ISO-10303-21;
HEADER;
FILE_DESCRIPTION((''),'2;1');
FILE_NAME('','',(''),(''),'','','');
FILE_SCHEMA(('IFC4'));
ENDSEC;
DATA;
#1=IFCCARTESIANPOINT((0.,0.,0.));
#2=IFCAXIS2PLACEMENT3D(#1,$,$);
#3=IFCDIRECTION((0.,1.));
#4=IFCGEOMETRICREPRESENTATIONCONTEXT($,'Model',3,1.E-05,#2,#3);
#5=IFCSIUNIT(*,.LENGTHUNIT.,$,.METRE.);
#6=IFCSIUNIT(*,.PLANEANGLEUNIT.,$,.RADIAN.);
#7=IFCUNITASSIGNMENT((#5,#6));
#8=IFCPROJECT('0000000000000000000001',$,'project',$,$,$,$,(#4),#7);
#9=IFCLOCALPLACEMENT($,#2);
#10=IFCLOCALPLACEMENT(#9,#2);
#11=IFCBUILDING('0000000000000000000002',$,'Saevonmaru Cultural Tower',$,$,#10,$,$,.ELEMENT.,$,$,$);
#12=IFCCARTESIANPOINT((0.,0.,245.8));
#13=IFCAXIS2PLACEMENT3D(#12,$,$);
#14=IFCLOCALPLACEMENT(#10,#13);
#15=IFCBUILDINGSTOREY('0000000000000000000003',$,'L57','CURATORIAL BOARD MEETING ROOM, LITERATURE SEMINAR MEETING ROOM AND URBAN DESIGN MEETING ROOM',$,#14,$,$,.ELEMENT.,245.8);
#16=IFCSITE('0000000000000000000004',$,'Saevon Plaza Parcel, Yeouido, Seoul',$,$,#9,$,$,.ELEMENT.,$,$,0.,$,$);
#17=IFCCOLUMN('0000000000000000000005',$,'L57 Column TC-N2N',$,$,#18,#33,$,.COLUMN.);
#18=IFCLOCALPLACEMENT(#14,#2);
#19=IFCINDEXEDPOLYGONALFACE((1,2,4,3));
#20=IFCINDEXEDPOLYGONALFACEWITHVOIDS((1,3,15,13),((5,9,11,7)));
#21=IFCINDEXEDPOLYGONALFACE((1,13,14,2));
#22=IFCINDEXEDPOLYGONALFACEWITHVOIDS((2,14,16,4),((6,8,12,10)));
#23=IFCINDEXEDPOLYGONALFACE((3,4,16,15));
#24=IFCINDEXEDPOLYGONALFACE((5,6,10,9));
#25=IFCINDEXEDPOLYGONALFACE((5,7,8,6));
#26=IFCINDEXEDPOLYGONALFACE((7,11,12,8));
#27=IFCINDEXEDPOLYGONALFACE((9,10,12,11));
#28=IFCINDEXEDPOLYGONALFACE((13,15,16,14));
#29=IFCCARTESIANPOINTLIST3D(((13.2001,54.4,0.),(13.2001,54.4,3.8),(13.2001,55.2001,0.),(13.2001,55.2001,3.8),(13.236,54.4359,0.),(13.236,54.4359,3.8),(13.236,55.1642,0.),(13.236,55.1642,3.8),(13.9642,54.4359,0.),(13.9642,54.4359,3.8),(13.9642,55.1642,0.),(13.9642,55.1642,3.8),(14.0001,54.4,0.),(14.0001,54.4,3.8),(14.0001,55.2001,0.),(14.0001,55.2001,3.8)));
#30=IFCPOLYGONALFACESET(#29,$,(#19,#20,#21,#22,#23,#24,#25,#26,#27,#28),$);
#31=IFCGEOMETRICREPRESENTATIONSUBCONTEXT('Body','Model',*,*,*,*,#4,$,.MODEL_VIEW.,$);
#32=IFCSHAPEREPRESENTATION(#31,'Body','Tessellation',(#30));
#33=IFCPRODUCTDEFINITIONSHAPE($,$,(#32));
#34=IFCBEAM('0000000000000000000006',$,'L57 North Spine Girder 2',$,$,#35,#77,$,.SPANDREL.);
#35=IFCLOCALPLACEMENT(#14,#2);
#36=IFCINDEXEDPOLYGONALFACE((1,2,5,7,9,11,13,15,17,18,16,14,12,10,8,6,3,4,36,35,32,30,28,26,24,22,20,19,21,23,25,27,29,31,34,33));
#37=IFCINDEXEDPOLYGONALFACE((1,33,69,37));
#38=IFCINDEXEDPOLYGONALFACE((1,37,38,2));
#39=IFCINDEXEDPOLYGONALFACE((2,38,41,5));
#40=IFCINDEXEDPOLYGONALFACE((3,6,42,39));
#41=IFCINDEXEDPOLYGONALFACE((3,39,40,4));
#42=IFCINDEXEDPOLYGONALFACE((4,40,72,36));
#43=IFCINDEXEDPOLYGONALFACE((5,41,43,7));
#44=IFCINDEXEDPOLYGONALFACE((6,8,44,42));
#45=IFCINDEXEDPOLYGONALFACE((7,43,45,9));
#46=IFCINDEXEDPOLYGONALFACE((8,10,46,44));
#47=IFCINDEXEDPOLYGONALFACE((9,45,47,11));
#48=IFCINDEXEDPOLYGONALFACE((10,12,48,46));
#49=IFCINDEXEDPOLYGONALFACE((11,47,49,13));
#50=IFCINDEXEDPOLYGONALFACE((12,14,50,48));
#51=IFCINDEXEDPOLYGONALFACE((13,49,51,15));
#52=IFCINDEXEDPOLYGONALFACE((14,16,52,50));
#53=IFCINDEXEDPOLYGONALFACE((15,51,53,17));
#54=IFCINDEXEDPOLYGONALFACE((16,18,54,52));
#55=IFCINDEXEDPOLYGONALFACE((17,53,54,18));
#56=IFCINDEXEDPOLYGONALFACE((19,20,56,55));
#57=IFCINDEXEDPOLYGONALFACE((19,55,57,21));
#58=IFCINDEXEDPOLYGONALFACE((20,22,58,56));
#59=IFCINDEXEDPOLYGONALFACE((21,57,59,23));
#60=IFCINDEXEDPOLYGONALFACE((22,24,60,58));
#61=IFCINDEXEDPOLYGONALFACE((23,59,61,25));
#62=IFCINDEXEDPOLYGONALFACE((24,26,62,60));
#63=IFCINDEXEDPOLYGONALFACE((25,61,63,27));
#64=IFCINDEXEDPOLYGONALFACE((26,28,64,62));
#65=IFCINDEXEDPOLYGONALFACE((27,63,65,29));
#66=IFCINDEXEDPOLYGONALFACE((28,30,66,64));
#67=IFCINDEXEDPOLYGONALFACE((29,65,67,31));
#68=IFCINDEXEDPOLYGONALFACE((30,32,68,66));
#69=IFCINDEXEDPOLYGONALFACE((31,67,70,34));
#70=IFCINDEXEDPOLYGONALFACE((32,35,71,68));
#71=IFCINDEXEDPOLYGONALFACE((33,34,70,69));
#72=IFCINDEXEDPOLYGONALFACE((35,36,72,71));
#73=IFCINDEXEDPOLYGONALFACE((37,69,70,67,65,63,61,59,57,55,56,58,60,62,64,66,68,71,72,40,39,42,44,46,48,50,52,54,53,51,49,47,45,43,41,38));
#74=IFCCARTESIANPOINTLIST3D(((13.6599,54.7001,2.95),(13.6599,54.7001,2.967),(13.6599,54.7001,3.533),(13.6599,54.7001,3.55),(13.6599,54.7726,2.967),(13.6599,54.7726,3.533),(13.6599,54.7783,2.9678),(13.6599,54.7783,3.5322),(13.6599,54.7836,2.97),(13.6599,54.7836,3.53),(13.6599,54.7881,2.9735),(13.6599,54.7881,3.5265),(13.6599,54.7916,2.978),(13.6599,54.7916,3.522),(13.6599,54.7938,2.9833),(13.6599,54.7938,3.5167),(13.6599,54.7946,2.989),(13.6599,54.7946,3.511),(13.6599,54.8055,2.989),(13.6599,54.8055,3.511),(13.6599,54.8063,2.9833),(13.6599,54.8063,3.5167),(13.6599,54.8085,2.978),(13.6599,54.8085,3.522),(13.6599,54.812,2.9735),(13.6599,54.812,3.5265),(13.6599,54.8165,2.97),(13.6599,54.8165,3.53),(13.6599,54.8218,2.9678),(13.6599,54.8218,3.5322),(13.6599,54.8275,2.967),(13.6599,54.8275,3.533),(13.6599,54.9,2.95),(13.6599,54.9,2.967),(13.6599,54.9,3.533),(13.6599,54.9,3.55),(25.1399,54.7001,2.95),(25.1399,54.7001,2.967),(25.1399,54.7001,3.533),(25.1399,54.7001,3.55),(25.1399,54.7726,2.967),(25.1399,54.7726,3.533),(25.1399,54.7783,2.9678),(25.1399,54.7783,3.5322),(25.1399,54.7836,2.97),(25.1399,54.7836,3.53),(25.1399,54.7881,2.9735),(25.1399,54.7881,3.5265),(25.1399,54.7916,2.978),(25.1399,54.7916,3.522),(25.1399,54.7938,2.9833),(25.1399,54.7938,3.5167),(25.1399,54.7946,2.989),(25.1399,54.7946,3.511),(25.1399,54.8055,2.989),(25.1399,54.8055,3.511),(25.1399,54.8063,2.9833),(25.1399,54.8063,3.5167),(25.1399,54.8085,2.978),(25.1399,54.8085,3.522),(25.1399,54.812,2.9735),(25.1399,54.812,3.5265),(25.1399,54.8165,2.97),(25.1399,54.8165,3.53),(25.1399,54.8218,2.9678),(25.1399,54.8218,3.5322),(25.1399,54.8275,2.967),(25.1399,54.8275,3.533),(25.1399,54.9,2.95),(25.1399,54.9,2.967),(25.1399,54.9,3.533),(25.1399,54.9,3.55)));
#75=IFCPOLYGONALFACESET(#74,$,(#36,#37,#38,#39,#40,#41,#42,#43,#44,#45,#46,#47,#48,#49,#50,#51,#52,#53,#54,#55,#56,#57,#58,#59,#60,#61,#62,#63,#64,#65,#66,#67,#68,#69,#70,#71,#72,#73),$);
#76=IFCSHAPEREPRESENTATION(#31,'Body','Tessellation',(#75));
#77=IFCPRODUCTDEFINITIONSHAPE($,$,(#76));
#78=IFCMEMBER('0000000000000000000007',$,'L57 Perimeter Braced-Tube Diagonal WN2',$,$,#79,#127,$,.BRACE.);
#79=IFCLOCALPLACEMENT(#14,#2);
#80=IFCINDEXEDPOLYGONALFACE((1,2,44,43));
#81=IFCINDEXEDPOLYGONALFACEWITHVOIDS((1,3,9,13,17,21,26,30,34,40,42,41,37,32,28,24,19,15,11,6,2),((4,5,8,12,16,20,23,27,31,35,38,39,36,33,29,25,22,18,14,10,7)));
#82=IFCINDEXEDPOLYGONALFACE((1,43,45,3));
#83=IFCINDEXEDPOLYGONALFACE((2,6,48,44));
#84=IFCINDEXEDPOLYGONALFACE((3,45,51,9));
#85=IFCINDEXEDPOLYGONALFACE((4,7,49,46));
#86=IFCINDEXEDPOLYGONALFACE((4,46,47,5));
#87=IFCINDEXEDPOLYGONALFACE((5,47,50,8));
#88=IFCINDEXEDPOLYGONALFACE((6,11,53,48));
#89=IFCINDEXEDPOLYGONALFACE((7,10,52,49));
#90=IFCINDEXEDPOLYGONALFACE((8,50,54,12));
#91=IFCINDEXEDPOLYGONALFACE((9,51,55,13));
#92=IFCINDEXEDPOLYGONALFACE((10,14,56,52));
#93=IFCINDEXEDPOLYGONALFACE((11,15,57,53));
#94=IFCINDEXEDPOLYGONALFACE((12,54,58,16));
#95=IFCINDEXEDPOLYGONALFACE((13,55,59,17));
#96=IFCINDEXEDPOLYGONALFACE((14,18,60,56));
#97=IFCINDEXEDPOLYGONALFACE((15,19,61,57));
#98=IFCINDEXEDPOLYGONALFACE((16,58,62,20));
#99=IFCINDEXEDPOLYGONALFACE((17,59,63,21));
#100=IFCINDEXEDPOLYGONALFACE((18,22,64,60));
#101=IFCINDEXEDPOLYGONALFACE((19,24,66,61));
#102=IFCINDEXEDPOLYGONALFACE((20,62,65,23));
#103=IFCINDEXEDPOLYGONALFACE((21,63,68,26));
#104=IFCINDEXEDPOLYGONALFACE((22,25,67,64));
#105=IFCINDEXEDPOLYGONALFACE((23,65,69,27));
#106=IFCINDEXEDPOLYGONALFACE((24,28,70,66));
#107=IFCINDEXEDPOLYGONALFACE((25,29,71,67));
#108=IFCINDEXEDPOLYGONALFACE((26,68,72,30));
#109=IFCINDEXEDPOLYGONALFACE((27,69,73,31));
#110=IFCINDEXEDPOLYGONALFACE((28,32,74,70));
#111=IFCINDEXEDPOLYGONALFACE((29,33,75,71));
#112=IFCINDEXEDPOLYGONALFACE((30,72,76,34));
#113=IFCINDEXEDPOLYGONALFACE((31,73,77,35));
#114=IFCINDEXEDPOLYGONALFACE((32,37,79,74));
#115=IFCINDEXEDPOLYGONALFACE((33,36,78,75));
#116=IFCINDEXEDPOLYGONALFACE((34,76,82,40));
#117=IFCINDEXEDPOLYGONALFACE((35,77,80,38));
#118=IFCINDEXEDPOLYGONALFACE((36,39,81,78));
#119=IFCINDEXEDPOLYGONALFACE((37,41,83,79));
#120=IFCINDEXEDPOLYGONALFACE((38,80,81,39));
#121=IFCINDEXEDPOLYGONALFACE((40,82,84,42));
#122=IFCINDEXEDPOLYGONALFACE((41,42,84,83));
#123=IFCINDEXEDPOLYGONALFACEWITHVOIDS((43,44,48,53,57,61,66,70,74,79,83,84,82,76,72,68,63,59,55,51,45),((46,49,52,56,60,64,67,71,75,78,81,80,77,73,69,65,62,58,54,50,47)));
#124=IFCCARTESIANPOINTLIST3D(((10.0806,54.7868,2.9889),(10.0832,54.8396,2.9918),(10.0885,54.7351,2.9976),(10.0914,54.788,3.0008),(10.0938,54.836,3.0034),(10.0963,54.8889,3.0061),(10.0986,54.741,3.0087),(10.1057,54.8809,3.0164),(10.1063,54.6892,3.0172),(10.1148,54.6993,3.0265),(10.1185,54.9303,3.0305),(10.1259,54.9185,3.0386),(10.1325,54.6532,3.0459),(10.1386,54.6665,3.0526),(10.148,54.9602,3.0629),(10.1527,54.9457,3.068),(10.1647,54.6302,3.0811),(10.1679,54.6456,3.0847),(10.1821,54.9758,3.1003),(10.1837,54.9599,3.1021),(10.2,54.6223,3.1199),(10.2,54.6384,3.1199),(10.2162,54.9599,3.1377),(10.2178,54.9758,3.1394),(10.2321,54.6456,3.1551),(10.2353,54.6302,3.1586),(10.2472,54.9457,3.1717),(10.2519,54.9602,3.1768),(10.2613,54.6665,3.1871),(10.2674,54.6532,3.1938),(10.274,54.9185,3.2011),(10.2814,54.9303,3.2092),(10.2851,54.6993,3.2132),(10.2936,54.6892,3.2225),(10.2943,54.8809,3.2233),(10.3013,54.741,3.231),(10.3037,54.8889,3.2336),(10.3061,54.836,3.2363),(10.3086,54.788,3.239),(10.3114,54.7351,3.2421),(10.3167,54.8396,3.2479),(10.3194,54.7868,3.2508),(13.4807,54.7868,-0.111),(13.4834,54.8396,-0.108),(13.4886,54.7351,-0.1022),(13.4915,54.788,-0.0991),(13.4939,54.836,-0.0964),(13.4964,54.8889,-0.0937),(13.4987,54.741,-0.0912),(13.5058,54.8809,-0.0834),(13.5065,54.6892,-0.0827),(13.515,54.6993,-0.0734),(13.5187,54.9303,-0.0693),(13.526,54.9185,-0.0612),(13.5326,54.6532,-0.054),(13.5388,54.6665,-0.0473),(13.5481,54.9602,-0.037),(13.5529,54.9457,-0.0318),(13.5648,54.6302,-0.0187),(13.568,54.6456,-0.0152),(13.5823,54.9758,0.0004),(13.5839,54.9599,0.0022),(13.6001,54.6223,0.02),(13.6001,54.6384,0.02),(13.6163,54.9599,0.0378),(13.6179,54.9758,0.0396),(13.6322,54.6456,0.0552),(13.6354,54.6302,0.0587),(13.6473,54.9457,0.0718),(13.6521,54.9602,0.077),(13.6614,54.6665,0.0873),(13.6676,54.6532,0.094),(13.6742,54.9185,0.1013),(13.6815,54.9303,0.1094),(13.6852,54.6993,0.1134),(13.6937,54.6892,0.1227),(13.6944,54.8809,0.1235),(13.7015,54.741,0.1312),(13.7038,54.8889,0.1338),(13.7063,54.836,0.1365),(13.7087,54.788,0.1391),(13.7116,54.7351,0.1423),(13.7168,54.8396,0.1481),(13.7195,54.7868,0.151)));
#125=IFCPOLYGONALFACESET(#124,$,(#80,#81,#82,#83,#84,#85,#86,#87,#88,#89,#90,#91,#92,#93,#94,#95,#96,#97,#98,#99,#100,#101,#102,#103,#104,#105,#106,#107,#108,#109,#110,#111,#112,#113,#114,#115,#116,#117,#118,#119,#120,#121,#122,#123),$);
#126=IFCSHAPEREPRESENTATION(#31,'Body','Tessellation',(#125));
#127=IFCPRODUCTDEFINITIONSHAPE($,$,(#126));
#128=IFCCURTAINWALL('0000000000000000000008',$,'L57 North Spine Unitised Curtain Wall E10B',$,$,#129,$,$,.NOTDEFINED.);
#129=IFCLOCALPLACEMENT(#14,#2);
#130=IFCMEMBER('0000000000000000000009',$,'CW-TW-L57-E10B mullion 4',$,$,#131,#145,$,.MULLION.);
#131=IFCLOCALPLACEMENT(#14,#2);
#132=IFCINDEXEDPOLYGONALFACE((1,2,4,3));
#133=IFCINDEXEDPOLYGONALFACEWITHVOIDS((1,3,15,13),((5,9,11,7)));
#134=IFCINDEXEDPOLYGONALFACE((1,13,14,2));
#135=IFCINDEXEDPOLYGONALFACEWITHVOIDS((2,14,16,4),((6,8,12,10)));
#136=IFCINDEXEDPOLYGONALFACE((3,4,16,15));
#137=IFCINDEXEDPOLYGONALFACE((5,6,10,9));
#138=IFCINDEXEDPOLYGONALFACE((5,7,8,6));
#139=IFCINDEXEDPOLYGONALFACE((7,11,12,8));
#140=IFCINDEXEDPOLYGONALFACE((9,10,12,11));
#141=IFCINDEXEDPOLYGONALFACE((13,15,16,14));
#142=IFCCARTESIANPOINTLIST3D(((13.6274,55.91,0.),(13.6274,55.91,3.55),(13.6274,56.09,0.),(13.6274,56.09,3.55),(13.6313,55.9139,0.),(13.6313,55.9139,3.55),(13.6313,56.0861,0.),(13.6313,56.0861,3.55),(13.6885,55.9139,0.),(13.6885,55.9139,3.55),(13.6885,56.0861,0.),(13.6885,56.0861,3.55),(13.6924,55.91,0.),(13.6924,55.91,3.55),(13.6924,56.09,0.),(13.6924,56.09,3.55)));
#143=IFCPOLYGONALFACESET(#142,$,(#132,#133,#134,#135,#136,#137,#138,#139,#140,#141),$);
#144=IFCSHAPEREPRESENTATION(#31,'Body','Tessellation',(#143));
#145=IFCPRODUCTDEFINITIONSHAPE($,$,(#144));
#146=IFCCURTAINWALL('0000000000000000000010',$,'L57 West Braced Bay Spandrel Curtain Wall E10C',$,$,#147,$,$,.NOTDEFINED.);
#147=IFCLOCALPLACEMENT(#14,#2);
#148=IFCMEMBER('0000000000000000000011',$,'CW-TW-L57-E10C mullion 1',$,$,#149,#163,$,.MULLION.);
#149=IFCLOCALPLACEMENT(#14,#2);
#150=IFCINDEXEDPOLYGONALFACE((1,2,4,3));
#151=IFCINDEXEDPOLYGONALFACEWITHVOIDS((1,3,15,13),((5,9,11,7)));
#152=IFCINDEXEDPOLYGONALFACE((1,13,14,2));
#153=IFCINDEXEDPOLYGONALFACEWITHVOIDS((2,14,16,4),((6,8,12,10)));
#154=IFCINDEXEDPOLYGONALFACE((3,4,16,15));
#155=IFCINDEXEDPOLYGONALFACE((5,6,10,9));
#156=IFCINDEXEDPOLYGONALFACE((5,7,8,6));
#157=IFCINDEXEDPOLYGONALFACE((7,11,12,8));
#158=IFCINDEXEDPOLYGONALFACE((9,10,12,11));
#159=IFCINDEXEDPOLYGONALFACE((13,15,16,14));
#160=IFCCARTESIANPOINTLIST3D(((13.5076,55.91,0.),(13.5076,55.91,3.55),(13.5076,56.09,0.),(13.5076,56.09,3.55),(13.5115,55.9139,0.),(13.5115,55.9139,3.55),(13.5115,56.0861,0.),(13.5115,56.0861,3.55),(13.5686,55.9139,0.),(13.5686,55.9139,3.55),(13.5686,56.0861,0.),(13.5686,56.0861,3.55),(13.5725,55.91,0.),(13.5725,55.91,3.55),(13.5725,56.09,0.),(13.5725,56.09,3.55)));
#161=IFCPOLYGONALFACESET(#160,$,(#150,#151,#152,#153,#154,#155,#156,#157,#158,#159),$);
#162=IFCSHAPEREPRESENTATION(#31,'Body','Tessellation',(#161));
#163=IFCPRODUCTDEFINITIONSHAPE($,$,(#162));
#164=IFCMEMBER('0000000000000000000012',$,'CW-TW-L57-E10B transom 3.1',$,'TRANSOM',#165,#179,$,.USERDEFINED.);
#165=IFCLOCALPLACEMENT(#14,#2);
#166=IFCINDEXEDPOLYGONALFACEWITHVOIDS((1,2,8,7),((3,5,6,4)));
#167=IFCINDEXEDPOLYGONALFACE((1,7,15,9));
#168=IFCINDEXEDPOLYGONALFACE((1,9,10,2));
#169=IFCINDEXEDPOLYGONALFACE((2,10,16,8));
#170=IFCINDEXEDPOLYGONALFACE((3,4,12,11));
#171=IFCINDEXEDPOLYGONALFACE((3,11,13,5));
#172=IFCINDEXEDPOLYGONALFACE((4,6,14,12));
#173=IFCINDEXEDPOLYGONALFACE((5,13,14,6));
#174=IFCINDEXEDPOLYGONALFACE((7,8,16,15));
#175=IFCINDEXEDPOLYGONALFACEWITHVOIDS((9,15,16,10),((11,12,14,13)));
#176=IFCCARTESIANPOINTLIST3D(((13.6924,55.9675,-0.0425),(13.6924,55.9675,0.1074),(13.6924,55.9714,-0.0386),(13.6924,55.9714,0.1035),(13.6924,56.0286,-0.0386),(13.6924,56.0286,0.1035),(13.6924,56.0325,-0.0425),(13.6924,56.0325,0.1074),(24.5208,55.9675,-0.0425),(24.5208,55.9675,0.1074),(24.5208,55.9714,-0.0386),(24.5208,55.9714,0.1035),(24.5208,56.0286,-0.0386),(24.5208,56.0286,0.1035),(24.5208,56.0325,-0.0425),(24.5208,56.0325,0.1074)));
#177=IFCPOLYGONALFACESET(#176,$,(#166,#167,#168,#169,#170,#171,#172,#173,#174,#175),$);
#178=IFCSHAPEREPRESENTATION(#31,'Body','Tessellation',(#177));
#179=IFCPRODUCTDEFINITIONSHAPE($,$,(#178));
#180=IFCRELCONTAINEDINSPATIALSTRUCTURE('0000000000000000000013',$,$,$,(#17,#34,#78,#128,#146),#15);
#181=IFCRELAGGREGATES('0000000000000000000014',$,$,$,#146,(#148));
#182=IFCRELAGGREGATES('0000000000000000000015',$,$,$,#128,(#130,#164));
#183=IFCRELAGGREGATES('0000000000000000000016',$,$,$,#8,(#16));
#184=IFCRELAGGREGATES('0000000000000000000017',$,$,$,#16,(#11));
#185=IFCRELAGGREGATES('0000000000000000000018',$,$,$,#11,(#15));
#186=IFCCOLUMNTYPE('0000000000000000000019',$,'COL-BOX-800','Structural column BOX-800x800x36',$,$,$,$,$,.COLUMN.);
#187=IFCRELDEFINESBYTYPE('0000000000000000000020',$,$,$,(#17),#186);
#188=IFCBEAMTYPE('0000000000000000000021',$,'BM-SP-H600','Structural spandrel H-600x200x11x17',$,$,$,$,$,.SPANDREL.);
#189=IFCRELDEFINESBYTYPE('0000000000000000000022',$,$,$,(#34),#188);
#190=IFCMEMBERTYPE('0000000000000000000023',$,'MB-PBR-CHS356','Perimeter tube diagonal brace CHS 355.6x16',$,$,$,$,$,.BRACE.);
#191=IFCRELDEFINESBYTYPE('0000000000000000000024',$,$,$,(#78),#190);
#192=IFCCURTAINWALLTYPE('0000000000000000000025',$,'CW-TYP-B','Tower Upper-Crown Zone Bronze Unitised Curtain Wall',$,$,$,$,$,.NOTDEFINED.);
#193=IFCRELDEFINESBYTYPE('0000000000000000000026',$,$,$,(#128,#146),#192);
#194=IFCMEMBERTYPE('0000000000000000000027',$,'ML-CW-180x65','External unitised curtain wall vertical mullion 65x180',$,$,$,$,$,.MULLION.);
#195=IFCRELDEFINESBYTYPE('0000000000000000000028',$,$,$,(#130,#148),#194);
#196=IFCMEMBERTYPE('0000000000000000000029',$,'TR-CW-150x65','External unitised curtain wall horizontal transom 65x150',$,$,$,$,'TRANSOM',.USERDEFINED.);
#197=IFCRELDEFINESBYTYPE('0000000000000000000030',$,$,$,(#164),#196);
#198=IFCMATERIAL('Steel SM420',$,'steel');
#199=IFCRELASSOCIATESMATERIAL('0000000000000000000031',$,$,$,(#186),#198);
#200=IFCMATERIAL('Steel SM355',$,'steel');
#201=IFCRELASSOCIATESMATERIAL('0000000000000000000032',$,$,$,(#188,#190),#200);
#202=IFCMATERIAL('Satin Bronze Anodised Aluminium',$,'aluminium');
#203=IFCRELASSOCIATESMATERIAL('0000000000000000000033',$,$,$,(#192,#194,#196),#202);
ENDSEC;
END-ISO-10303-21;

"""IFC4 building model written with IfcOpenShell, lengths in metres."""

from ifc_helpers import new_model, si_unit, direction, frame, origin, origin_2d, place, context, subcontext, project, spatial, hollow_rectangle, hollow_circle, i_section, extrude, material, material_profile, profile_set, type_object, element, aggregate, save


model = new_model("IFC4")

# Units and contexts
model_context = context("Model", 3, precision=1e-05, world=origin(), true_north=direction((0.0, 1.0)))
body_context = subcontext(model_context, "Body", "Model", "MODEL_VIEW")
ifc_project = project(units=[si_unit("LENGTHUNIT", "METRE"), si_unit("PLANEANGLEUNIT", "RADIAN")], contexts=[model_context])

# Site, building, storey
site_placement = place(None, origin())
site = spatial("IfcSite", under=ifc_project, at=site_placement, Name="Saevon Plaza Parcel, Yeouido, Seoul", CompositionType="ELEMENT", RefElevation=0.0)
building_placement = place(site_placement, origin())
building = spatial("IfcBuilding", under=site, at=building_placement, Name="Saevonmaru Cultural Tower", CompositionType="ELEMENT")
storey_placement = place(building_placement, frame((0.0, 0.0, 245.8)))
storey = spatial("IfcBuildingStorey", under=building, at=storey_placement, Name="L57", Description="CURATORIAL BOARD MEETING ROOM, LITERATURE SEMINAR MEETING ROOM AND URBAN DESIGN MEETING ROOM", CompositionType="ELEMENT", Elevation=245.8)

# Column
ifc_material_1 = material(Name="Steel SM420", Category="steel")
ifc_material_profile_1 = material_profile(ifc_material_1, hollow_rectangle(XDim=0.8, YDim=0.8, WallThickness=0.0359, at=origin_2d()), Name="BOX-800x800x36")
ifc_profile_set_1 = profile_set([ifc_material_profile_1], Name="Steel SM420")
column_type = type_object("IfcColumnType", Name="COL-BOX-800", Description="Structural column BOX-800x800x36", PredefinedType="COLUMN", material=ifc_profile_set_1)
column_placement = place(storey_placement, frame((13.6001, 54.8, 0.0), z_axis=(0.0, 0.0, 1.0), x_axis=(1.0, 0.0, 0.0)))
element("IfcColumn", 1, at=column_placement, inside=storey, type_object=column_type, Name="L57 Column TC-N2N", PredefinedType="COLUMN", context=body_context, shape_type="SweptSolid", body=[
    extrude(hollow_rectangle(XDim=0.8, YDim=0.8, WallThickness=0.0359, at=origin_2d()), origin(), (0.0, 0.0, 1.0), 3.8),
])

# Beam
ifc_material_2 = material(Name="Steel SM355", Category="steel")
ifc_material_profile_2 = material_profile(ifc_material_2, i_section(OverallWidth=0.2, OverallDepth=0.6001, WebThickness=0.011, FlangeThickness=0.0171, FilletRadius=0.022, at=origin_2d()), Name="H-600x200x11x17")
ifc_profile_set_2 = profile_set([ifc_material_profile_2], Name="Steel SM355")
beam_type = type_object("IfcBeamType", Name="BM-SP-H600", Description="Structural spandrel H-600x200x11x17", PredefinedType="SPANDREL", material=ifc_profile_set_2)
beam_placement = place(storey_placement, frame((13.6599, 54.8, 3.25), z_axis=(1.0, 0.0, 0.0), x_axis=(0.0, 1.0, 0.0)))
element("IfcBeam", 2, at=beam_placement, inside=storey, type_object=beam_type, Name="L57 North Spine Girder 2", PredefinedType="SPANDREL", context=body_context, shape_type="SweptSolid", body=[
    extrude(i_section(OverallWidth=0.2, OverallDepth=0.6001, WebThickness=0.011, FlangeThickness=0.0171, FilletRadius=0.022, at=origin_2d()), origin(), (0.0, 0.0, 1.0), 11.48),
])

# Member
ifc_material_profile_3 = material_profile(ifc_material_2, hollow_circle(Radius=0.1777, WallThickness=0.0161, at=origin_2d()), Name="CHS-355.6x16")
ifc_profile_set_3 = profile_set([ifc_material_profile_3], Name="Steel SM355")
member_type_1 = type_object("IfcMemberType", Name="MB-PBR-CHS356", Description="Perimeter tube diagonal brace CHS 355.6x16", PredefinedType="BRACE", material=ifc_profile_set_3)
member_1_placement = place(storey_placement, frame((13.6001, 54.8, 0.02), z_axis=(-0.738986, 0.0, 0.673721), x_axis=(0.0, -1.0, 0.0)))
element("IfcMember", 3, at=member_1_placement, inside=storey, type_object=member_type_1, Name="L57 Perimeter Braced-Tube Diagonal WN2", PredefinedType="BRACE", context=body_context, shape_type="SweptSolid", body=[
    extrude(hollow_circle(Radius=0.1777, WallThickness=0.0161, at=origin_2d()), origin(), (0.0, 0.0, 1.0), 4.6011),
])

# Curtain walls, members
ifc_material_3 = material(Name="Satin Bronze Anodised Aluminium", Category="aluminium")
curtain_wall_type = type_object("IfcCurtainWallType", Name="CW-TYP-B", Description="Tower Upper-Crown Zone Bronze Unitised Curtain Wall", PredefinedType="NOTDEFINED", material=ifc_material_3)
curtain_wall_1_placement = place(storey_placement, origin())
curtain_wall_1 = element("IfcCurtainWall", 4, at=curtain_wall_1_placement, inside=storey, type_object=curtain_wall_type, Name="L57 North Spine Unitised Curtain Wall E10B", PredefinedType="NOTDEFINED")
ifc_material_profile_4 = material_profile(ifc_material_3, hollow_rectangle(XDim=0.0649, YDim=0.1799, WallThickness=0.0039, at=origin_2d()), Name="ALU-MULL-180x65x4")
ifc_profile_set_4 = profile_set([ifc_material_profile_4], Name="Satin Bronze Anodised Aluminium")
member_type_2 = type_object("IfcMemberType", Name="ML-CW-180x65", Description="External unitised curtain wall vertical mullion 65x180", PredefinedType="MULLION", material=ifc_profile_set_4)
member_2_placement = place(storey_placement, frame((13.6599, 56.0, 0.0), z_axis=(0.0, 0.0, 1.0), x_axis=(-1.0, 0.0, 0.0)))
member_2 = element("IfcMember", 5, at=member_2_placement, type_object=member_type_2, Name="CW-TW-L57-E10B mullion 4", PredefinedType="MULLION", context=body_context, shape_type="SweptSolid", body=[
    extrude(hollow_rectangle(XDim=0.0649, YDim=0.1799, WallThickness=0.0039, at=origin_2d()), origin(), (0.0, 0.0, 1.0), 3.55),
])
curtain_wall_2_placement = place(storey_placement, origin())
curtain_wall_2 = element("IfcCurtainWall", 6, at=curtain_wall_2_placement, inside=storey, type_object=curtain_wall_type, Name="L57 West Braced Bay Spandrel Curtain Wall E10C", PredefinedType="NOTDEFINED")
member_3_placement = place(storey_placement, frame((13.54, 56.0, 0.0), z_axis=(0.0, 0.0, 1.0), x_axis=(-1.0, 0.0, 0.0)))
member_3 = element("IfcMember", 7, at=member_3_placement, type_object=member_type_2, Name="CW-TW-L57-E10C mullion 1", PredefinedType="MULLION", context=body_context, shape_type="SweptSolid", body=[
    extrude(hollow_rectangle(XDim=0.0649, YDim=0.1799, WallThickness=0.0039, at=origin_2d()), origin(), (0.0, 0.0, 1.0), 3.55),
])

# Member
ifc_material_profile_5 = material_profile(ifc_material_3, hollow_rectangle(XDim=0.0649, YDim=0.1499, WallThickness=0.0039, at=origin_2d()), Name="ALU-TRAN-150x65x4")
ifc_profile_set_5 = profile_set([ifc_material_profile_5], Name="Satin Bronze Anodised Aluminium")
member_type_3 = type_object("IfcMemberType", Name="TR-CW-150x65", Description="External unitised curtain wall horizontal transom 65x150", ElementType="TRANSOM", PredefinedType="USERDEFINED", material=ifc_profile_set_5)
member_4_placement = place(storey_placement, frame((24.5208, 56.0, 0.0325), z_axis=(-1.0, 0.0, 0.0), x_axis=(0.0, -1.0, 0.0)))
member_4 = element("IfcMember", 8, at=member_4_placement, type_object=member_type_3, Name="CW-TW-L57-E10B transom 3.1", ObjectType="TRANSOM", PredefinedType="USERDEFINED", context=body_context, shape_type="SweptSolid", body=[
    extrude(hollow_rectangle(XDim=0.0649, YDim=0.1499, WallThickness=0.0039, at=origin_2d()), origin(), (0.0, 0.0, 1.0), 10.8284),
])
aggregate(curtain_wall_2, [member_3])

aggregate(curtain_wall_1, [member_2, member_4])

save(model, "model.ifc")
